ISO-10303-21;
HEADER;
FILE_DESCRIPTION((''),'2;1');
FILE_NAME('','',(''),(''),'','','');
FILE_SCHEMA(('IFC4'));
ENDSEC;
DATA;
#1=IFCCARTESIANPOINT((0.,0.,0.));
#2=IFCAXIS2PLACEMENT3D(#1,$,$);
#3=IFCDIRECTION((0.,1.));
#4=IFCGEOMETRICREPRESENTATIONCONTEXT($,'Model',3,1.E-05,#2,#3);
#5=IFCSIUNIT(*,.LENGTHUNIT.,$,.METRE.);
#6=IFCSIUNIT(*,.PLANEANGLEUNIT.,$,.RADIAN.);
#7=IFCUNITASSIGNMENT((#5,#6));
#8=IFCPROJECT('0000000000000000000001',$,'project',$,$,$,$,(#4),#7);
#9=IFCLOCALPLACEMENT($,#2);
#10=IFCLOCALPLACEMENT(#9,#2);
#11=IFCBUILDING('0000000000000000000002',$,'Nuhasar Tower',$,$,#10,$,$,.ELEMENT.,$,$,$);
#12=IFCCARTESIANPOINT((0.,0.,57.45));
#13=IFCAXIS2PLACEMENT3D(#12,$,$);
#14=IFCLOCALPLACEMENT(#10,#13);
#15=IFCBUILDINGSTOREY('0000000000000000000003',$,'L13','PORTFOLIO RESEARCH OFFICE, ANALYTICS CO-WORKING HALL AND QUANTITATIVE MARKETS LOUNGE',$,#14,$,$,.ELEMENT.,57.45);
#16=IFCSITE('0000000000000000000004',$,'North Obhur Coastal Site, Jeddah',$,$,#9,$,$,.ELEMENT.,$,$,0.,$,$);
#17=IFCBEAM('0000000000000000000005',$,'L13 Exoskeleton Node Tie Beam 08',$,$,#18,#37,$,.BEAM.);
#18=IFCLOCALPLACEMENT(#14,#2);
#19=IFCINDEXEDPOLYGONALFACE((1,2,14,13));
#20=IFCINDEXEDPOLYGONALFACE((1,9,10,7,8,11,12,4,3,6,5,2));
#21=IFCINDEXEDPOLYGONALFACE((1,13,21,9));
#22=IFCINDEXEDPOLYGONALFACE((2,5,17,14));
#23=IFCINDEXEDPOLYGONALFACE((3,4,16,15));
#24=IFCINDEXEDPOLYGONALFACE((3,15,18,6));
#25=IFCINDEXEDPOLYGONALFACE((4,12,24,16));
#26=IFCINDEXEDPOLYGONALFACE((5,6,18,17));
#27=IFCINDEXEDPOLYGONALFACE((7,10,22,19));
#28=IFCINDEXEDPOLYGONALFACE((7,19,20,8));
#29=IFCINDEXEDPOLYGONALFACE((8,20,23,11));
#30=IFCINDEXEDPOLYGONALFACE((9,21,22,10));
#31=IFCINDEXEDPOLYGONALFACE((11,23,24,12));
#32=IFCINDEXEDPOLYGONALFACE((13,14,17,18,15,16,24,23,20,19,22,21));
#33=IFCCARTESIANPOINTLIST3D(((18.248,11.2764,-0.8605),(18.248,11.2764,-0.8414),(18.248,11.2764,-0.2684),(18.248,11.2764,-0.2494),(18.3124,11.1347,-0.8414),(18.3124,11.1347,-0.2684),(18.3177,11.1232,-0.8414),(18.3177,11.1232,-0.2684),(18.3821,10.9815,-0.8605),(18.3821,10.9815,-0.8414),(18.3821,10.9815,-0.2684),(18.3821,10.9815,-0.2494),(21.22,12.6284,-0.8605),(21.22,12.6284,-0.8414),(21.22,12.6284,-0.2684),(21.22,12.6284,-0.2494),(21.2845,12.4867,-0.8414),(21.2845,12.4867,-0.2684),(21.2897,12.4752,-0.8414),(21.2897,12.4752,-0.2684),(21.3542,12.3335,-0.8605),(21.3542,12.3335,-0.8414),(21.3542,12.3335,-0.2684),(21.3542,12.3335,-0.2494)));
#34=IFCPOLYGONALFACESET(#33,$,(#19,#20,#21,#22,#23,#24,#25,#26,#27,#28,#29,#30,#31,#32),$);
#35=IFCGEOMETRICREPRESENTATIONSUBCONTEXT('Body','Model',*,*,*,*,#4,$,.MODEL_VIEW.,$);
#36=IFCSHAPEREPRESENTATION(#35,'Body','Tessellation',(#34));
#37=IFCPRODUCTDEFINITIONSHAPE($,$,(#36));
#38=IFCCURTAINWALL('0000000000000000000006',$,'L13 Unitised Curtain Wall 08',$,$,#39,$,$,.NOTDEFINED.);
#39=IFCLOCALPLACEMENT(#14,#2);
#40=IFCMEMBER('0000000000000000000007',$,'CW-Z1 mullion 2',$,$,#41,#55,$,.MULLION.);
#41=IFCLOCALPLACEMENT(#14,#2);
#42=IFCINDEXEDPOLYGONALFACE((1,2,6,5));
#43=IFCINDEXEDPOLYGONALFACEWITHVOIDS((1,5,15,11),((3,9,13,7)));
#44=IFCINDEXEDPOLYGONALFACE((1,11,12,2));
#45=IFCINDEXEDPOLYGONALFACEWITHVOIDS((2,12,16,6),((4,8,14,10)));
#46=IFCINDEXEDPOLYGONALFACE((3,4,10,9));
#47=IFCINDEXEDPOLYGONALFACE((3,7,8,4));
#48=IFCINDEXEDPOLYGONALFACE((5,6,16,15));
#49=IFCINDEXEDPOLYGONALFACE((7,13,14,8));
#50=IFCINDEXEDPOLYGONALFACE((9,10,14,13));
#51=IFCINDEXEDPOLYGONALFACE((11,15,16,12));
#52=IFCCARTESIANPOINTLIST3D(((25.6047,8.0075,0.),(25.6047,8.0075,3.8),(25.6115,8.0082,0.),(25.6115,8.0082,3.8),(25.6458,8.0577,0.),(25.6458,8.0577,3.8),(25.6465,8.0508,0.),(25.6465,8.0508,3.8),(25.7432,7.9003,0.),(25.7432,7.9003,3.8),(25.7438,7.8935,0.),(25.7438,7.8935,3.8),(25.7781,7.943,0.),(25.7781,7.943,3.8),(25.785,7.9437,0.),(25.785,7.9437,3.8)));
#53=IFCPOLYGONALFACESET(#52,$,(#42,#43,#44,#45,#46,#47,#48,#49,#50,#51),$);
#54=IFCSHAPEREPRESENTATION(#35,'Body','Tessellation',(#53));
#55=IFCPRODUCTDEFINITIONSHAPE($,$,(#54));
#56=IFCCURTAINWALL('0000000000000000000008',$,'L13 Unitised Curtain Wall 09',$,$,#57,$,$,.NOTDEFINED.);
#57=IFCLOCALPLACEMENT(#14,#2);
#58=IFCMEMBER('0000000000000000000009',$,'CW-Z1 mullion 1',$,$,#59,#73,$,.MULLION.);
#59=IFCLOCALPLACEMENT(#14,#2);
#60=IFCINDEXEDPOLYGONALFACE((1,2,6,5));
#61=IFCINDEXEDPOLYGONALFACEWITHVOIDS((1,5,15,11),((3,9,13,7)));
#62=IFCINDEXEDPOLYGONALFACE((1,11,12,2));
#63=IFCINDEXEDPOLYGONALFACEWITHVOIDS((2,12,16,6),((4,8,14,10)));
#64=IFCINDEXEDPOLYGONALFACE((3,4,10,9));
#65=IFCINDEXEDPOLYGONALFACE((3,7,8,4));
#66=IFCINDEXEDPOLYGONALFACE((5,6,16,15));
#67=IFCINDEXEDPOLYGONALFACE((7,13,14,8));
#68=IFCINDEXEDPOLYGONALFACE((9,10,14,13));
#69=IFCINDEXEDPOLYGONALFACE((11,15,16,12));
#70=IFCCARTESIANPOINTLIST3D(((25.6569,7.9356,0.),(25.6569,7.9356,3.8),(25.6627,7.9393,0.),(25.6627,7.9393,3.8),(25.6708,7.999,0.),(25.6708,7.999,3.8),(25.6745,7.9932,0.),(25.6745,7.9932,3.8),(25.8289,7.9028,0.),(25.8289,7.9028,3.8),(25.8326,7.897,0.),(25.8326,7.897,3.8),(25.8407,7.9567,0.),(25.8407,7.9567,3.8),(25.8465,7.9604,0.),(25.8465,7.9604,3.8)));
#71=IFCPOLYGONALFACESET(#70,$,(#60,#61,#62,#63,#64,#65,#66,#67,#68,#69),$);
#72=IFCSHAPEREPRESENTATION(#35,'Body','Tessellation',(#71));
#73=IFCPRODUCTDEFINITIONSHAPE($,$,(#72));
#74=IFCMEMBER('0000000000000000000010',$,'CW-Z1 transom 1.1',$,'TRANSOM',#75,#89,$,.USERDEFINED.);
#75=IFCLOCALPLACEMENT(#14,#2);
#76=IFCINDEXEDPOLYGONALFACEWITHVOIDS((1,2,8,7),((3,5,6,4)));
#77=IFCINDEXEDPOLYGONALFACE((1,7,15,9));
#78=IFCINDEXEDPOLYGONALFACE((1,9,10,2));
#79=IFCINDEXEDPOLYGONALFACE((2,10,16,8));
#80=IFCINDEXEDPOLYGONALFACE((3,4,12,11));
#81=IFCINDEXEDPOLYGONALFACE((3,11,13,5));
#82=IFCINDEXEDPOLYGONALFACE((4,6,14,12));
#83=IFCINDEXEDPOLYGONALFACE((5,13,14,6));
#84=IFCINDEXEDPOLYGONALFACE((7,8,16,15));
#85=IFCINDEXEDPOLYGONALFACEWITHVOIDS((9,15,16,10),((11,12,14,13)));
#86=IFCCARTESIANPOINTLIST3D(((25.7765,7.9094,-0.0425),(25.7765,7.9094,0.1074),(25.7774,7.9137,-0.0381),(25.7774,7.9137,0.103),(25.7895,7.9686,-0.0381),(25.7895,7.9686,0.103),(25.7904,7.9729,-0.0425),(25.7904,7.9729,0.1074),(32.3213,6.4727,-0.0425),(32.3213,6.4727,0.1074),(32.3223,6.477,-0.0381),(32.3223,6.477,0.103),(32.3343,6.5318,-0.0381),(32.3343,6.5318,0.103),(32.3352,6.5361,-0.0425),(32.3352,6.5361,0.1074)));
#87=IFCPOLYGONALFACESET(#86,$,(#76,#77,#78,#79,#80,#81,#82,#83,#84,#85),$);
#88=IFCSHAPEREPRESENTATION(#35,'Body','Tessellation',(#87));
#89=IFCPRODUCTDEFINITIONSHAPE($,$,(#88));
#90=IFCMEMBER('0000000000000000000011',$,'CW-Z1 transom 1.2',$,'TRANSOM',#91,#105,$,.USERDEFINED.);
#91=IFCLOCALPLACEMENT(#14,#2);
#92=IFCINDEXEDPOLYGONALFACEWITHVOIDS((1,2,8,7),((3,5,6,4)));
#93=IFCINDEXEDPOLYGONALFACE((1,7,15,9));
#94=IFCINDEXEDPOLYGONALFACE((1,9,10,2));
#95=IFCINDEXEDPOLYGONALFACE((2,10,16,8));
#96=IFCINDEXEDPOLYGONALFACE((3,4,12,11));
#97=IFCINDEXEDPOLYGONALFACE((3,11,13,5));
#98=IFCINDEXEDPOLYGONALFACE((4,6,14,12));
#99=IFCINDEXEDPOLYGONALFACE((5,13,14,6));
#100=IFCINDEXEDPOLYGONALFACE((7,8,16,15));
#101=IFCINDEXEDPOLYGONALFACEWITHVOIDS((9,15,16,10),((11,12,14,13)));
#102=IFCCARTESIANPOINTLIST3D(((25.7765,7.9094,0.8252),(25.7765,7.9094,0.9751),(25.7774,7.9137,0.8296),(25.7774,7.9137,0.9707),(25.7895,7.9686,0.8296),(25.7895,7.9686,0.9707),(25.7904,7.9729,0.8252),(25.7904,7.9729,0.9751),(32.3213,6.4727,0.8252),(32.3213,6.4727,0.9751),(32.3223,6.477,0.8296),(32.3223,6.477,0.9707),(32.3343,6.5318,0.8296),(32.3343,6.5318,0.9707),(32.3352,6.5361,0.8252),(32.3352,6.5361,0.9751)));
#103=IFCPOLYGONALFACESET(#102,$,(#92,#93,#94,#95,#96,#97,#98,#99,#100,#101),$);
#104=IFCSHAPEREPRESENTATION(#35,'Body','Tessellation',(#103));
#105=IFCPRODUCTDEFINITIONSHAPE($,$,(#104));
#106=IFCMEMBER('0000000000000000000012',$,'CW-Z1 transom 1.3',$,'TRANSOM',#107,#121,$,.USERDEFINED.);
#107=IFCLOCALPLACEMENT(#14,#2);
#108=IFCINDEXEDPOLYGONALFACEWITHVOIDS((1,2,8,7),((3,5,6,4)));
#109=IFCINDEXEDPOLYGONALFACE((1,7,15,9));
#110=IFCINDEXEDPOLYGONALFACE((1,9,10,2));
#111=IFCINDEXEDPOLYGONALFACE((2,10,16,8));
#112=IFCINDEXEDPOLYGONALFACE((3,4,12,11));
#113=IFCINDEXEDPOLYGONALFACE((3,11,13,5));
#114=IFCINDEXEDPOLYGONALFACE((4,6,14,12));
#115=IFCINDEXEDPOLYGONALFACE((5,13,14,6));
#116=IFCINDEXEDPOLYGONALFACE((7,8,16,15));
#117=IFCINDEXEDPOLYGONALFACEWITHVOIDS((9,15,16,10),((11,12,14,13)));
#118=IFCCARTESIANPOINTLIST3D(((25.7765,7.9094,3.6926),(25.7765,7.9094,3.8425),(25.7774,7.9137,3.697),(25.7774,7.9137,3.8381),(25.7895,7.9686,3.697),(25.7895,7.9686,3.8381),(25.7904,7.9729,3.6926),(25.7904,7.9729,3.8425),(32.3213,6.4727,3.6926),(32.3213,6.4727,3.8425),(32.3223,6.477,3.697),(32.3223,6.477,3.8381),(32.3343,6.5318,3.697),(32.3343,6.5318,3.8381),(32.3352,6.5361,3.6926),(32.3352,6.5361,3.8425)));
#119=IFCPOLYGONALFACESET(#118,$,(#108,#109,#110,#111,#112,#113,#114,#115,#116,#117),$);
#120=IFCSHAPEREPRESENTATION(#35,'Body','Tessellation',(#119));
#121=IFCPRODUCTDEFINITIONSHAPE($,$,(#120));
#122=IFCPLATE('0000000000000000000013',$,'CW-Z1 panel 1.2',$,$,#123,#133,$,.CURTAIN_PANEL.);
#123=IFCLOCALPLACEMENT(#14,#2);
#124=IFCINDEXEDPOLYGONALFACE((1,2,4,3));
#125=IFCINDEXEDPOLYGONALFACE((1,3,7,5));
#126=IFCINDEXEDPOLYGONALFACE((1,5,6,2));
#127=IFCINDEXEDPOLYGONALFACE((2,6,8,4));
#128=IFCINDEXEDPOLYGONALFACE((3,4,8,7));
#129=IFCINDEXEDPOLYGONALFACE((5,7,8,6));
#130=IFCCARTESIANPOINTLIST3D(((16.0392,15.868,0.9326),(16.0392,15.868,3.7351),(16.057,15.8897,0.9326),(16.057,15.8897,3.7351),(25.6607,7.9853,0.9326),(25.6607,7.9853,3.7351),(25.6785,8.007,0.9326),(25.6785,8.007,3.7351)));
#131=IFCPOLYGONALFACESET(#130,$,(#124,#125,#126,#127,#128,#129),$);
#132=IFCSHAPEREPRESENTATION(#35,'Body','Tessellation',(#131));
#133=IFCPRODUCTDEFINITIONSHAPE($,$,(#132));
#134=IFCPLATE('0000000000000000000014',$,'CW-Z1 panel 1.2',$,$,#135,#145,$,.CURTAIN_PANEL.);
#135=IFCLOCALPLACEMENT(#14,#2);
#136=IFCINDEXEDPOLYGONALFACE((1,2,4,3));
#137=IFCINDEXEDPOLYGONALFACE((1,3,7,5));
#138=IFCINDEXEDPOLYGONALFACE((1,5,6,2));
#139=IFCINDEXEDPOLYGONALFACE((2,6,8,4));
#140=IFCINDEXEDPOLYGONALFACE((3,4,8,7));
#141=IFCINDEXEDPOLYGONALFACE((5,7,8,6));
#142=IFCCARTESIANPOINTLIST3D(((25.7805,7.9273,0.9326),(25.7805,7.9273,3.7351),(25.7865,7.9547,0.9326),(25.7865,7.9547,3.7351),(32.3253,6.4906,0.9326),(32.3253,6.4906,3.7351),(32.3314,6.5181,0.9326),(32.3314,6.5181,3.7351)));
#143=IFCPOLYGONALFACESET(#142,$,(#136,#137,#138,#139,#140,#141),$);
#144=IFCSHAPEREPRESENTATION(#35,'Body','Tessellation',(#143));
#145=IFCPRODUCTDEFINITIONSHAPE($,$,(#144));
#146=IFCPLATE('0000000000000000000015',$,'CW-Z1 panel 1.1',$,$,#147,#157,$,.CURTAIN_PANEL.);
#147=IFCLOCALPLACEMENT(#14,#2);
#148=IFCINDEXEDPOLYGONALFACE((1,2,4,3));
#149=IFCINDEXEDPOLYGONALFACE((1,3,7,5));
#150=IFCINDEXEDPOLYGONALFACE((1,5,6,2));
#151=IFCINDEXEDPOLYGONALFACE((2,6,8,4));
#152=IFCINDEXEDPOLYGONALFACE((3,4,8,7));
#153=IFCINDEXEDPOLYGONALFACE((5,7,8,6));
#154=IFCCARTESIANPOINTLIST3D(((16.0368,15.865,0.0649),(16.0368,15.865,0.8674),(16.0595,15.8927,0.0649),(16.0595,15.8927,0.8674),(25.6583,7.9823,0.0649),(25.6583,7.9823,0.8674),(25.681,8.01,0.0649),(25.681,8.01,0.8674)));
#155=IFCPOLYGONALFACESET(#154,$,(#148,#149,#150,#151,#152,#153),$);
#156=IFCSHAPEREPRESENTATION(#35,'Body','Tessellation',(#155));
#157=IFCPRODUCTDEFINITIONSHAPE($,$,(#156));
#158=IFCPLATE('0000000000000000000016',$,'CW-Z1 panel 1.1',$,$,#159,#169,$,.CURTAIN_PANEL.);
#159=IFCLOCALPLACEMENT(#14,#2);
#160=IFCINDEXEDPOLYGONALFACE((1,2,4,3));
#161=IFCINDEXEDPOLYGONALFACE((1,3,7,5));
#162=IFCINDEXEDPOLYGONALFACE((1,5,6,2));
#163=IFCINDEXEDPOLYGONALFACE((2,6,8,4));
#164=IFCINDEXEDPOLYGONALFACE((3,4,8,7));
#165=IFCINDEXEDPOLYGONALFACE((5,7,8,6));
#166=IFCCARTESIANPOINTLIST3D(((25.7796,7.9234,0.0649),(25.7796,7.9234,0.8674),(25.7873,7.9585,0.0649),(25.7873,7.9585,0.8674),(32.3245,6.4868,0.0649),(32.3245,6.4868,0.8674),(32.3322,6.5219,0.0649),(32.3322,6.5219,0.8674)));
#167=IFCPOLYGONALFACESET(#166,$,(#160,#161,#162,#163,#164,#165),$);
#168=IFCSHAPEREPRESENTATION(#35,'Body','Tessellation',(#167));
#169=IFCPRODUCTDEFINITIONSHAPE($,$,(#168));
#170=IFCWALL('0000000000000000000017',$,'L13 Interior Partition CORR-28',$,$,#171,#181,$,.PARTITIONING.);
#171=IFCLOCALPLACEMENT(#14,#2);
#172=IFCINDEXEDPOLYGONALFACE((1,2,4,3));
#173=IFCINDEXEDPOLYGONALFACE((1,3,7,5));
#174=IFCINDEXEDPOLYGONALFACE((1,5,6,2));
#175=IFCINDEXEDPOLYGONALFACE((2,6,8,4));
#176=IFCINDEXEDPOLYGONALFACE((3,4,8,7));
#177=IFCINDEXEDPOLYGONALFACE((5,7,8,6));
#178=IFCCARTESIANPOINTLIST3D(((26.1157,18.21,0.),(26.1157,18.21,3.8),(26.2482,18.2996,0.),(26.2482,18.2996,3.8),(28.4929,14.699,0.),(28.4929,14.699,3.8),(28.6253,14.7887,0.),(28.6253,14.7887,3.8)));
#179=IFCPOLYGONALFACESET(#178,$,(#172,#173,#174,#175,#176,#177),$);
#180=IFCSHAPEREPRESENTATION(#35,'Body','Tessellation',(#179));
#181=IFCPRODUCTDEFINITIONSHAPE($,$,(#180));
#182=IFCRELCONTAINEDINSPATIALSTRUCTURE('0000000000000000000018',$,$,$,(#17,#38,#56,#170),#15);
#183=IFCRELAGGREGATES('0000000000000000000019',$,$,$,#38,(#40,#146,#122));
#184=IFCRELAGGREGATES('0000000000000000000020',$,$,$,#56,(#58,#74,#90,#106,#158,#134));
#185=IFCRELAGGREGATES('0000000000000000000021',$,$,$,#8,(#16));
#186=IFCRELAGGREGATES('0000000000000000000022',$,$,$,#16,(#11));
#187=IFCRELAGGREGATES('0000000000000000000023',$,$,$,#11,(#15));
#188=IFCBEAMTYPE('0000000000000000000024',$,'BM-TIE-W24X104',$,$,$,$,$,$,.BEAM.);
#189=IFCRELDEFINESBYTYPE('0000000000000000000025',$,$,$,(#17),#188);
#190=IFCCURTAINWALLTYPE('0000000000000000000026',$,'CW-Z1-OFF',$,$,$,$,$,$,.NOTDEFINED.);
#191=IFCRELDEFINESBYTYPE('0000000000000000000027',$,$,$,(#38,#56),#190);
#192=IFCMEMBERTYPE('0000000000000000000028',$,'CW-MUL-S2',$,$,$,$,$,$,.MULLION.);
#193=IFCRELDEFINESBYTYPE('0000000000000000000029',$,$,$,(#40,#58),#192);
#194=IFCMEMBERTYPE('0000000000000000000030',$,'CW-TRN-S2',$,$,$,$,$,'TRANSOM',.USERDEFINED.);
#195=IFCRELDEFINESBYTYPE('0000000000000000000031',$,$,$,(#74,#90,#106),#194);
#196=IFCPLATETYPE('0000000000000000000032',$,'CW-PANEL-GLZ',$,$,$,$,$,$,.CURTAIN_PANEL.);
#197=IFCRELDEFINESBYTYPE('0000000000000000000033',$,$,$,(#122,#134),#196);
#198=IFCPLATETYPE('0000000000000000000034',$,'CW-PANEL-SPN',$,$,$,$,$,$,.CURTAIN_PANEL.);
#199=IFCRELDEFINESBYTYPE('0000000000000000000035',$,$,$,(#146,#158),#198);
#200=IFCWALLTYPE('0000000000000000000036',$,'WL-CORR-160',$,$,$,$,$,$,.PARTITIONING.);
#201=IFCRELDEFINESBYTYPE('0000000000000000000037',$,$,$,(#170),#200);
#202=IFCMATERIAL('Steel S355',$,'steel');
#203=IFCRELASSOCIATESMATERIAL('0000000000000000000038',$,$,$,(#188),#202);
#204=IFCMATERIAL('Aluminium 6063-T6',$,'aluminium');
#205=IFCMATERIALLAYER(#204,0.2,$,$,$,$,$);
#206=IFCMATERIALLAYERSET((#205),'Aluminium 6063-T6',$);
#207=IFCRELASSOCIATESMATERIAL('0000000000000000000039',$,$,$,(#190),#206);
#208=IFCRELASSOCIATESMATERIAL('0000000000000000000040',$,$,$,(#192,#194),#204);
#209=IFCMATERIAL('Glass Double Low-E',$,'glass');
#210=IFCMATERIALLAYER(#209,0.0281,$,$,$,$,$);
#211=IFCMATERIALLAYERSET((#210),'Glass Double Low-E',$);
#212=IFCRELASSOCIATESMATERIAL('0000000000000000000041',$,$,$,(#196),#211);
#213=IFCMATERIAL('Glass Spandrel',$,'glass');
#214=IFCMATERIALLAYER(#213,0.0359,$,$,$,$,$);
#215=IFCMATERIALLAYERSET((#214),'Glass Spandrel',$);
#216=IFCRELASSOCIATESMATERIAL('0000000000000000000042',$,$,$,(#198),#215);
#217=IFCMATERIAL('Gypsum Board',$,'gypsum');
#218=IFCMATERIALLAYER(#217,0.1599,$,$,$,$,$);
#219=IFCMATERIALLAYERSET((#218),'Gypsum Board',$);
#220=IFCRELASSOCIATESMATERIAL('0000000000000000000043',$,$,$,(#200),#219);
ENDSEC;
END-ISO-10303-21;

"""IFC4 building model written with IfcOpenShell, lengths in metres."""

from ifc_helpers import new_model, si_unit, direction, frame, frame_2d, origin, origin_2d, place, context, subcontext, project, spatial, rectangle, hollow_rectangle, i_section, extrude, material, layer, layer_set, material_profile, profile_set, type_object, element, aggregate, save


model = new_model("IFC4")

# Units and contexts
model_context = context("Model", 3, precision=1e-05, world=origin(), true_north=direction((0.0, 1.0)))
body_context = subcontext(model_context, "Body", "Model", "MODEL_VIEW")
ifc_project = project(units=[si_unit("LENGTHUNIT", "METRE"), si_unit("PLANEANGLEUNIT", "RADIAN")], contexts=[model_context])

# Site, building, storey
site_placement = place(None, origin())
site = spatial("IfcSite", under=ifc_project, at=site_placement, Name="North Obhur Coastal Site, Jeddah", CompositionType="ELEMENT", RefElevation=0.0)
building_placement = place(site_placement, origin())
building = spatial("IfcBuilding", under=site, at=building_placement, Name="Nuhasar Tower", CompositionType="ELEMENT")
storey_placement = place(building_placement, frame((0.0, 0.0, 57.45)))
storey = spatial("IfcBuildingStorey", under=building, at=storey_placement, Name="L13", Description="PORTFOLIO RESEARCH OFFICE, ANALYTICS CO-WORKING HALL AND QUANTITATIVE MARKETS LOUNGE", CompositionType="ELEMENT", Elevation=57.45)

# Beam
ifc_material_1 = material(Name="Steel S355", Category="steel")
ifc_material_profile_1 = material_profile(ifc_material_1, i_section(OverallWidth=0.324, OverallDepth=0.6111, WebThickness=0.0127, FlangeThickness=0.019, at=origin_2d()), Name="W24X104")
ifc_profile_set_1 = profile_set([ifc_material_profile_1], Name="Steel S355")
beam_type_1 = type_object("IfcBeamType", Name="BM-TIE-W24X104", PredefinedType="BEAM", material=ifc_profile_set_1)
beam_1_placement = place(storey_placement, frame((21.2871, 12.481, -0.5549), z_axis=(-0.910244, -0.414073, 0.0), x_axis=(0.414073, -0.910244, 0.0)))
element("IfcBeam", 1, at=beam_1_placement, inside=storey, type_object=beam_type_1, Name="L13 Exoskeleton Node Tie Beam 08", PredefinedType="BEAM", context=body_context, shape_type="SweptSolid", body=[
    extrude(i_section(OverallWidth=0.324, OverallDepth=0.6111, WebThickness=0.0127, FlangeThickness=0.019, at=origin_2d()), origin(), (0.0, 0.0, 1.0), 3.2651),
])

# Curtain wall, member
ifc_material_2 = material(Name="Aluminium 6063-T6", Category="aluminium")
ifc_layer_1 = layer(ifc_material_2, 0.2)
ifc_layer_set_1 = layer_set([ifc_layer_1], Name="Aluminium 6063-T6")
curtain_wall_type = type_object("IfcCurtainWallType", Name="CW-Z1-OFF", PredefinedType="NOTDEFINED", material=ifc_layer_set_1)
curtain_wall_1_placement = place(storey_placement, origin())
curtain_wall_1 = element("IfcCurtainWall", 2, at=curtain_wall_1_placement, inside=storey, type_object=curtain_wall_type, Name="L13 Unitised Curtain Wall 08", PredefinedType="NOTDEFINED")
ifc_material_profile_2 = material_profile(ifc_material_2, hollow_rectangle(XDim=0.0649, YDim=0.1799, WallThickness=0.0049, at=origin_2d()), Name="CWM-2")
ifc_profile_set_2 = profile_set([ifc_material_profile_2], Name="Aluminium 6063-T6")
member_type_1 = type_object("IfcMemberType", Name="CW-MUL-S2", PredefinedType="MULLION", material=ifc_profile_set_2)
member_1_placement = place(storey_placement, frame((25.6948, 7.9756, 0.0), z_axis=(0.0, 0.0, 1.0), x_axis=(0.633745, 0.773542, 0.0)))
member_1 = element("IfcMember", 3, at=member_1_placement, type_object=member_type_1, Name="CW-Z1 mullion 2", PredefinedType="MULLION", context=body_context, shape_type="SweptSolid", body=[
    extrude(hollow_rectangle(XDim=0.0649, YDim=0.1799, WallThickness=0.0049, at=origin_2d()), origin(), (0.0, 0.0, 1.0), 3.8),
])

# Curtain wall, members
curtain_wall_2_placement = place(storey_placement, origin())
curtain_wall_2 = element("IfcCurtainWall", 4, at=curtain_wall_2_placement, inside=storey, type_object=curtain_wall_type, Name="L13 Unitised Curtain Wall 09", PredefinedType="NOTDEFINED")
member_2_placement = place(storey_placement, frame((25.7517, 7.948, 0.0), z_axis=(0.0, 0.0, 1.0), x_axis=(0.214399, 0.976746, 0.0)))
member_2 = element("IfcMember", 5, at=member_2_placement, type_object=member_type_1, Name="CW-Z1 mullion 1", PredefinedType="MULLION", context=body_context, shape_type="SweptSolid", body=[
    extrude(hollow_rectangle(XDim=0.0649, YDim=0.1799, WallThickness=0.0049, at=origin_2d()), origin(), (0.0, 0.0, 1.0), 3.8),
])
ifc_material_profile_3 = material_profile(ifc_material_2, hollow_rectangle(XDim=0.0649, YDim=0.1499, WallThickness=0.0044, at=origin_2d()), Name="CWT-2")
ifc_profile_set_3 = profile_set([ifc_material_profile_3], Name="Aluminium 6063-T6")
member_type_2 = type_object("IfcMemberType", Name="CW-TRN-S2", ElementType="TRANSOM", PredefinedType="USERDEFINED", material=ifc_profile_set_3)
member_3_placement = place(storey_placement, frame((25.7834, 7.9412, 0.0325), z_axis=(0.976742, -0.214418, 0.0), x_axis=(0.214418, 0.976742, 0.0)))
member_3 = element("IfcMember", 6, at=member_3_placement, type_object=member_type_2, Name="CW-Z1 transom 1.1", ObjectType="TRANSOM", PredefinedType="USERDEFINED", context=body_context, shape_type="SweptSolid", body=[
    extrude(hollow_rectangle(XDim=0.0649, YDim=0.1499, WallThickness=0.0044, at=origin_2d()), origin(), (0.0, 0.0, 1.0), 6.7007),
])
member_4_placement = place(storey_placement, frame((25.7834, 7.9412, 0.9001), z_axis=(0.976742, -0.214418, 0.0), x_axis=(0.214418, 0.976742, 0.0)))
member_4 = element("IfcMember", 7, at=member_4_placement, type_object=member_type_2, Name="CW-Z1 transom 1.2", ObjectType="TRANSOM", PredefinedType="USERDEFINED", context=body_context, shape_type="SweptSolid", body=[
    extrude(hollow_rectangle(XDim=0.0649, YDim=0.1499, WallThickness=0.0044, at=origin_2d()), origin(), (0.0, 0.0, 1.0), 6.7007),
])
member_5_placement = place(storey_placement, frame((25.7834, 7.9412, 3.7676), z_axis=(0.976742, -0.214418, 0.0), x_axis=(0.214418, 0.976742, 0.0)))
member_5 = element("IfcMember", 8, at=member_5_placement, type_object=member_type_2, Name="CW-Z1 transom 1.3", ObjectType="TRANSOM", PredefinedType="USERDEFINED", context=body_context, shape_type="SweptSolid", body=[
    extrude(hollow_rectangle(XDim=0.0649, YDim=0.1499, WallThickness=0.0044, at=origin_2d()), origin(), (0.0, 0.0, 1.0), 6.7007),
])

# Plates
ifc_material_3 = material(Name="Glass Double Low-E", Category="glass")
ifc_layer_2 = layer(ifc_material_3, 0.0281)
ifc_layer_set_2 = layer_set([ifc_layer_2], Name="Glass Double Low-E")
plate_type_1 = type_object("IfcPlateType", Name="CW-PANEL-GLZ", PredefinedType="CURTAIN_PANEL", material=ifc_layer_set_2)
plate_1_placement = place(storey_placement, frame((20.8589, 11.9375, 0.9326), z_axis=(0.0, 0.0, 1.0), x_axis=(0.773542, -0.633745, 0.0)))
plate_1 = element("IfcPlate", 9, at=plate_1_placement, type_object=plate_type_1, Name="CW-Z1 panel 1.2", PredefinedType="CURTAIN_PANEL", context=body_context, shape_type="SweptSolid", body=[
    extrude(rectangle(XDim=12.4382, YDim=0.0281, at=origin_2d()), origin(), (0.0, 0.0, 1.0), 2.8025),
])
plate_2_placement = place(storey_placement, frame((29.0559, 7.2227, 0.9326), z_axis=(0.0, 0.0, 1.0), x_axis=(0.976746, -0.214399, 0.0)))
plate_2 = element("IfcPlate", 10, at=plate_2_placement, type_object=plate_type_1, Name="CW-Z1 panel 1.2", PredefinedType="CURTAIN_PANEL", context=body_context, shape_type="SweptSolid", body=[
    extrude(rectangle(XDim=6.7007, YDim=0.0281, at=origin_2d()), origin(), (0.0, 0.0, 1.0), 2.8025),
])
ifc_material_4 = material(Name="Glass Spandrel", Category="glass")
ifc_layer_3 = layer(ifc_material_4, 0.0359)
ifc_layer_set_3 = layer_set([ifc_layer_3], Name="Glass Spandrel")
plate_type_2 = type_object("IfcPlateType", Name="CW-PANEL-SPN", PredefinedType="CURTAIN_PANEL", material=ifc_layer_set_3)
plate_3_placement = place(storey_placement, frame((20.8589, 11.9375, 0.0649), z_axis=(0.0, 0.0, 1.0), x_axis=(0.773542, -0.633745, 0.0)))
plate_3 = element("IfcPlate", 11, at=plate_3_placement, type_object=plate_type_2, Name="CW-Z1 panel 1.1", PredefinedType="CURTAIN_PANEL", context=body_context, shape_type="SweptSolid", body=[
    extrude(rectangle(XDim=12.4382, YDim=0.0359, at=origin_2d()), origin(), (0.0, 0.0, 1.0), 0.8025),
])
aggregate(curtain_wall_1, [member_1, plate_3, plate_1])
plate_4_placement = place(storey_placement, frame((29.0559, 7.2227, 0.0649), z_axis=(0.0, 0.0, 1.0), x_axis=(0.976746, -0.214399, 0.0)))
plate_4 = element("IfcPlate", 12, at=plate_4_placement, type_object=plate_type_2, Name="CW-Z1 panel 1.1", PredefinedType="CURTAIN_PANEL", context=body_context, shape_type="SweptSolid", body=[
    extrude(rectangle(XDim=6.7007, YDim=0.0359, at=origin_2d()), origin(), (0.0, 0.0, 1.0), 0.8025),
])
aggregate(curtain_wall_2, [member_2, member_3, member_4, member_5, plate_4, plate_2])

# Wall
ifc_material_5 = material(Name="Gypsum Board", Category="gypsum")
ifc_layer_4 = layer(ifc_material_5, 0.1599)
ifc_layer_set_4 = layer_set([ifc_layer_4], Name="Gypsum Board")
wall_type_1 = type_object("IfcWallType", Name="WL-CORR-160", PredefinedType="PARTITIONING", material=ifc_layer_set_4)
wall_1_placement = place(storey_placement, frame((26.1819, 18.2549, 0.0), z_axis=(0.0, 0.0, 1.0), x_axis=(0.560652, -0.828051, 0.0)))
element("IfcWall", 13, at=wall_1_placement, inside=storey, type_object=wall_type_1, Name="L13 Interior Partition CORR-28", PredefinedType="PARTITIONING", context=body_context, shape_type="SweptSolid", body=[
    extrude(rectangle(XDim=4.24, YDim=0.1599, at=frame_2d((2.1201, 0.0))), origin(), (0.0, 0.0, 1.0), 3.8),
])

save(model, "model.ifc")
